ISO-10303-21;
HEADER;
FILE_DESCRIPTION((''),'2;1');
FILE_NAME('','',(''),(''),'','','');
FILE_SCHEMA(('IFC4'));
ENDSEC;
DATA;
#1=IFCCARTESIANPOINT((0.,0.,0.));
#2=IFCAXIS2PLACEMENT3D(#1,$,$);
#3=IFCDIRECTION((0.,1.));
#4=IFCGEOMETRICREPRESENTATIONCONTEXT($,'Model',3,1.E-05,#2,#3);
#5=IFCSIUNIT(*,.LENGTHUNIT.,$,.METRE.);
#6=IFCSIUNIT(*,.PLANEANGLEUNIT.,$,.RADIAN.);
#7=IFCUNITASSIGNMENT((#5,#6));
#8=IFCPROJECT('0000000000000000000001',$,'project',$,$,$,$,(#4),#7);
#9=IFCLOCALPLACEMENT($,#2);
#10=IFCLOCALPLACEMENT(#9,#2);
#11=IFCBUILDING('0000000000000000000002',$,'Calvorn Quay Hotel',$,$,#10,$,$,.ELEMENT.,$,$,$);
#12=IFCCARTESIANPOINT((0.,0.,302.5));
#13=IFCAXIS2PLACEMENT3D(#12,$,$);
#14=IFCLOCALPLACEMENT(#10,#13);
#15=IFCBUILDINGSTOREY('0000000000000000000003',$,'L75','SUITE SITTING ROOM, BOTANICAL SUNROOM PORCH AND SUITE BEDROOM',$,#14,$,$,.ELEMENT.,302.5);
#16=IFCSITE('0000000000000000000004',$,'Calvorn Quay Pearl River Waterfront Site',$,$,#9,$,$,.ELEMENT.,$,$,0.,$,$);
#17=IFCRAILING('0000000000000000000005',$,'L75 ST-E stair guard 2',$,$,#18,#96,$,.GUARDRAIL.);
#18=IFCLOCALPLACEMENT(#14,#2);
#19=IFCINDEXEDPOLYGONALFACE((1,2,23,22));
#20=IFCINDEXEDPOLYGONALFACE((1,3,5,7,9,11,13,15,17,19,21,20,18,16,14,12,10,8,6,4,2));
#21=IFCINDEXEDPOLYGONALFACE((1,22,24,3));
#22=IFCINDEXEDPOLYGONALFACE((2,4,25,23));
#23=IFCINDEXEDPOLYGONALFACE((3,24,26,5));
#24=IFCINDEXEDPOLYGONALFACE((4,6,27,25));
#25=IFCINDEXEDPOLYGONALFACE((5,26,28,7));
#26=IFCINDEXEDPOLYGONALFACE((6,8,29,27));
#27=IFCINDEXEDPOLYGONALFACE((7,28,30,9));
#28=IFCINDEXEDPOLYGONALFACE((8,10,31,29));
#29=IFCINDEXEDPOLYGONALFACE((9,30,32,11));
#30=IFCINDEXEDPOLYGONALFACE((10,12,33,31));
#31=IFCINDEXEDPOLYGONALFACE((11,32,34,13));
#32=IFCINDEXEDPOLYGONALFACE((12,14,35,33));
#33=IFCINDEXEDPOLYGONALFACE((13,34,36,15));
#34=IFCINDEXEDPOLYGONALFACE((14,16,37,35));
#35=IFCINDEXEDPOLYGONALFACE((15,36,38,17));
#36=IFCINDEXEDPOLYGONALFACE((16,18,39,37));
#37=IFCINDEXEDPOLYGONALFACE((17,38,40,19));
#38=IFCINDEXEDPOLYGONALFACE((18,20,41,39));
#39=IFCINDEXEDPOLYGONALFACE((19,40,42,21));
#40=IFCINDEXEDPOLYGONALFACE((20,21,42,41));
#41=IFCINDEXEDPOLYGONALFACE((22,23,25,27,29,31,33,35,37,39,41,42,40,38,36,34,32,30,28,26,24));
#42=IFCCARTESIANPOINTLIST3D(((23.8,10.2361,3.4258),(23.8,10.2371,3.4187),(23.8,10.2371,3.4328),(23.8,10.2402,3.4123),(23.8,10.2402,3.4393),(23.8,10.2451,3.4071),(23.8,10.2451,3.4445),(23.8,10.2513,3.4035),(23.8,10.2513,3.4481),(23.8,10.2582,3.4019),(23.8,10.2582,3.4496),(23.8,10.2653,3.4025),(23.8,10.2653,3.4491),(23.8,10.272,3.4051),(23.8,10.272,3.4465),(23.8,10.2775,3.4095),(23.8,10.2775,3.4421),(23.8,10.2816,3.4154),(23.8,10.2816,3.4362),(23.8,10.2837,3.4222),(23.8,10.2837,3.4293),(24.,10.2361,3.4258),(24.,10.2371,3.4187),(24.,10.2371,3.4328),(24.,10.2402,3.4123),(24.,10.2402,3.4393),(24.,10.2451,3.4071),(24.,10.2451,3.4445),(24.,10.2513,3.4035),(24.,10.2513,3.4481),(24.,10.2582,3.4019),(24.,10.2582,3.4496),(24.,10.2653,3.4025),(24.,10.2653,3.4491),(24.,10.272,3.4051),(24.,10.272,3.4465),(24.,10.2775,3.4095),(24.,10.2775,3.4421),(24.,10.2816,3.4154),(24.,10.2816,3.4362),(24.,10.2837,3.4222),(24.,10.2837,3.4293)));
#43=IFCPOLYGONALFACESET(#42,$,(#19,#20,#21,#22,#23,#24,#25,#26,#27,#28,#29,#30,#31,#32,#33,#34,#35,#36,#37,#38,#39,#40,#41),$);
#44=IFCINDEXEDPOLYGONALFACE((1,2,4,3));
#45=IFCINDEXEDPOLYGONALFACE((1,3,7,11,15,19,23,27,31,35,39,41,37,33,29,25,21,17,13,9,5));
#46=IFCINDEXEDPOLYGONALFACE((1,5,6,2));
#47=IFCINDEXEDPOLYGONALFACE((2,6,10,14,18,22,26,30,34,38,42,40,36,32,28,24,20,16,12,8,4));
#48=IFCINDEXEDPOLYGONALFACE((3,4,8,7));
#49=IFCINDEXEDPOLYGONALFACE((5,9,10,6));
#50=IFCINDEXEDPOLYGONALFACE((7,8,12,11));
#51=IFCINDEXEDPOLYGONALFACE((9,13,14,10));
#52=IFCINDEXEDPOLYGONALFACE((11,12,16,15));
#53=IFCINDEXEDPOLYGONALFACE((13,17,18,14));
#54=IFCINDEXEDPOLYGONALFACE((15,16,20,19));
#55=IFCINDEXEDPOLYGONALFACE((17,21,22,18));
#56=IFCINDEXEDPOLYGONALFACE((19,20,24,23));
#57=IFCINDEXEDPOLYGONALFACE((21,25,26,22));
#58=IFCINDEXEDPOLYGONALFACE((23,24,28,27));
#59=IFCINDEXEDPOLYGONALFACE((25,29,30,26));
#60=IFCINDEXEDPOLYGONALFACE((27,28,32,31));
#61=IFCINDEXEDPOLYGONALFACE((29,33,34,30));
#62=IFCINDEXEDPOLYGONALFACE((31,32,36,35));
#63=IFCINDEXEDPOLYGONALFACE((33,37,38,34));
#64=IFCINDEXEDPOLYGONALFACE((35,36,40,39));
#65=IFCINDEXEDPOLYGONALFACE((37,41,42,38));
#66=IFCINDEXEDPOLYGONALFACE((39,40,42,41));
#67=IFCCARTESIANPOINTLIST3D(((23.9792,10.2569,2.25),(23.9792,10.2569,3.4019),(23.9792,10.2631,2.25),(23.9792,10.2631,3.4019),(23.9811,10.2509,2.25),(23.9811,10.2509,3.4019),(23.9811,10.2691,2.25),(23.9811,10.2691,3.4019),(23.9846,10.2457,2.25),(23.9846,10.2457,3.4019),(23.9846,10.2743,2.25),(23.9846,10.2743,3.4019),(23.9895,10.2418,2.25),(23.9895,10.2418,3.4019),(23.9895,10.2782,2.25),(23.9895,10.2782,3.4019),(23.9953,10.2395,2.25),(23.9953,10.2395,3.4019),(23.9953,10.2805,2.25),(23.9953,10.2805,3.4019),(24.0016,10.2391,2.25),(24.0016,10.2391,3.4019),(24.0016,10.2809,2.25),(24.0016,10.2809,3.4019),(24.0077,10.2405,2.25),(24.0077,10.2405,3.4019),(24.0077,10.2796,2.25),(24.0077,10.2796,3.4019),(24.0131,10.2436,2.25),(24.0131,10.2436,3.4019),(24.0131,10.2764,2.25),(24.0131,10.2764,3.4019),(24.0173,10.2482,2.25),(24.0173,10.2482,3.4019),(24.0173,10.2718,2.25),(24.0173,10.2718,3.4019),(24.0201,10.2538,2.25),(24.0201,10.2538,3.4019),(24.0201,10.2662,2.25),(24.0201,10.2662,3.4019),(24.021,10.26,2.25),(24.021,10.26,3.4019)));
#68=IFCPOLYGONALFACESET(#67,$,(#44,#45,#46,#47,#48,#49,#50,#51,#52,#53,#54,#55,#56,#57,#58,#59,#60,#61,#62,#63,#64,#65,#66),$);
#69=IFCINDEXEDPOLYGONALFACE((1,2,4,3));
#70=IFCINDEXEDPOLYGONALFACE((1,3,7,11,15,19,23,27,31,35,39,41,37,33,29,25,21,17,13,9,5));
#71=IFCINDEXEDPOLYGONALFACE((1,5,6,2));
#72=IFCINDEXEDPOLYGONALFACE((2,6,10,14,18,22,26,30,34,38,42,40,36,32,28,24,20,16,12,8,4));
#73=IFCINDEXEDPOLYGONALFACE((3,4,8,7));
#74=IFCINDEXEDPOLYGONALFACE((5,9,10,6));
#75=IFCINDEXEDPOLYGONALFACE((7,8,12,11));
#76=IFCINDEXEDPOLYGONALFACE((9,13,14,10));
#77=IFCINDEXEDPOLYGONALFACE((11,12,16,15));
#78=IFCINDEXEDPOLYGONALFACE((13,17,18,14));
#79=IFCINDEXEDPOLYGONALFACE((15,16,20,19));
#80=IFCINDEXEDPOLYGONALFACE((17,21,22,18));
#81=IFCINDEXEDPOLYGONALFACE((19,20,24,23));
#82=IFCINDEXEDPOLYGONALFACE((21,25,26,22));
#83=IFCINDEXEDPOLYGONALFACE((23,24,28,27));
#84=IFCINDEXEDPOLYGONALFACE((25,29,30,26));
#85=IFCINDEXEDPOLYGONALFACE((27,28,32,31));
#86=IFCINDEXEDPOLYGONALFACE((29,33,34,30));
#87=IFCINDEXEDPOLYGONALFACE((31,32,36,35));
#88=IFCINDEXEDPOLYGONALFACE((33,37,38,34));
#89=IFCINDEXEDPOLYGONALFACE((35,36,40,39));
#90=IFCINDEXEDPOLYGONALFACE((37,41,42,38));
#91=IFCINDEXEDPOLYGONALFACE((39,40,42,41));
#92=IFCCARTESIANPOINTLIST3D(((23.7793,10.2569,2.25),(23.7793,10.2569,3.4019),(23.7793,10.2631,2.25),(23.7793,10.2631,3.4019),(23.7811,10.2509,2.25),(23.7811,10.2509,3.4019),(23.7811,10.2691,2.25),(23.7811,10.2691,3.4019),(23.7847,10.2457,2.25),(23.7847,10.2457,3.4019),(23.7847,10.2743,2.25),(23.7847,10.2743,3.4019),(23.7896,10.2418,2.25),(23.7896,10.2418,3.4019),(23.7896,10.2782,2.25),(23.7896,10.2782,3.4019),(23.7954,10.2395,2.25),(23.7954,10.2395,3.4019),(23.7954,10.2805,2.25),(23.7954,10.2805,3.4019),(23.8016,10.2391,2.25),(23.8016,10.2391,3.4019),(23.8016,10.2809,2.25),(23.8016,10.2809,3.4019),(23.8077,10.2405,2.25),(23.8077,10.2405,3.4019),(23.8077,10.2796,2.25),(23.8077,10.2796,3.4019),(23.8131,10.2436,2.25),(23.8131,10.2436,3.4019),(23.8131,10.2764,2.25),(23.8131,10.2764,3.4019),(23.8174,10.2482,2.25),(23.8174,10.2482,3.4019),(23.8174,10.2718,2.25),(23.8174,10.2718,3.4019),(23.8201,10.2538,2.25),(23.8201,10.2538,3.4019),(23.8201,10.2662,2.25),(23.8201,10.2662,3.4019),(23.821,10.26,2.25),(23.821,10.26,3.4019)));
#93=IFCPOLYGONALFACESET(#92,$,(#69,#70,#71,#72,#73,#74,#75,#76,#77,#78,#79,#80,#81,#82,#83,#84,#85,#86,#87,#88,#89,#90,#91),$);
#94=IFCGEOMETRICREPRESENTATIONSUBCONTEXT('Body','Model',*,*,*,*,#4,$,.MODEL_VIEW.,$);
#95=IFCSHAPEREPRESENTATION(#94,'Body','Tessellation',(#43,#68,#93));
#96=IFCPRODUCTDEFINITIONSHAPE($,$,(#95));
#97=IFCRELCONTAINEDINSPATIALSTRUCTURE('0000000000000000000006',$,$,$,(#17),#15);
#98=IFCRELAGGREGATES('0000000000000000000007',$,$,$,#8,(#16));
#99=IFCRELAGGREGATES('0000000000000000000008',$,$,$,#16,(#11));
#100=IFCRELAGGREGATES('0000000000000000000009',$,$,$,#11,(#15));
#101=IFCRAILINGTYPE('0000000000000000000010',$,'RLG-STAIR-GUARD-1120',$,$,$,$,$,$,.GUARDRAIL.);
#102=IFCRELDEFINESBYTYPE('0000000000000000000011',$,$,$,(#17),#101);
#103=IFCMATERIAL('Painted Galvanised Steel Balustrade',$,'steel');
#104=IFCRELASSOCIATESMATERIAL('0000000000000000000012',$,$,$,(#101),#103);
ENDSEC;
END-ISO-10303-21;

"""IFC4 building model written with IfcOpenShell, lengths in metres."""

from ifc_helpers import new_model, si_unit, direction, frame, origin, origin_2d, place, context, subcontext, project, spatial, circle, extrude, material, type_object, element, save


model = new_model("IFC4")

# Units and contexts
model_context = context("Model", 3, precision=1e-05, world=origin(), true_north=direction((0.0, 1.0)))
body_context = subcontext(model_context, "Body", "Model", "MODEL_VIEW")
ifc_project = project(units=[si_unit("LENGTHUNIT", "METRE"), si_unit("PLANEANGLEUNIT", "RADIAN")], contexts=[model_context])

# Site, building, storey
site_placement = place(None, origin())
site = spatial("IfcSite", under=ifc_project, at=site_placement, Name="Calvorn Quay Pearl River Waterfront Site", CompositionType="ELEMENT", RefElevation=0.0)
building_placement = place(site_placement, origin())
building = spatial("IfcBuilding", under=site, at=building_placement, Name="Calvorn Quay Hotel", CompositionType="ELEMENT")
storey_placement = place(building_placement, frame((0.0, 0.0, 302.5)))
storey = spatial("IfcBuildingStorey", under=building, at=storey_placement, Name="L75", Description="SUITE SITTING ROOM, BOTANICAL SUNROOM PORCH AND SUITE BEDROOM", CompositionType="ELEMENT", Elevation=302.5)

# Railing
ifc_material_1 = material(Name="Painted Galvanised Steel Balustrade", Category="steel")
railing_type_1 = type_object("IfcRailingType", Name="RLG-STAIR-GUARD-1120", PredefinedType="GUARDRAIL", material=ifc_material_1)
railing_1_placement = place(storey_placement, frame((24.0, 10.26, 2.25)))
element("IfcRailing", 1, at=railing_1_placement, inside=storey, type_object=railing_type_1, Name="L75 ST-E stair guard 2", PredefinedType="GUARDRAIL", context=body_context, shape_type="SweptSolid", body=[
    extrude(circle(Radius=0.0239, at=origin_2d()), frame((0.0, 0.0, 1.1758), z_axis=(-1.0, 0.0, 0.0), x_axis=(0.0, -1.0, 0.0)), (0.0, 0.0, 1.0), 0.2),
    extrude(circle(Radius=0.021, at=origin_2d()), origin(), (0.0, 0.0, 1.0), 1.1519),
    extrude(circle(Radius=0.021, at=origin_2d()), frame((-0.2, 0.0, 0.0)), (0.0, 0.0, 1.0), 1.1519),
])

save(model, "model.ifc")
